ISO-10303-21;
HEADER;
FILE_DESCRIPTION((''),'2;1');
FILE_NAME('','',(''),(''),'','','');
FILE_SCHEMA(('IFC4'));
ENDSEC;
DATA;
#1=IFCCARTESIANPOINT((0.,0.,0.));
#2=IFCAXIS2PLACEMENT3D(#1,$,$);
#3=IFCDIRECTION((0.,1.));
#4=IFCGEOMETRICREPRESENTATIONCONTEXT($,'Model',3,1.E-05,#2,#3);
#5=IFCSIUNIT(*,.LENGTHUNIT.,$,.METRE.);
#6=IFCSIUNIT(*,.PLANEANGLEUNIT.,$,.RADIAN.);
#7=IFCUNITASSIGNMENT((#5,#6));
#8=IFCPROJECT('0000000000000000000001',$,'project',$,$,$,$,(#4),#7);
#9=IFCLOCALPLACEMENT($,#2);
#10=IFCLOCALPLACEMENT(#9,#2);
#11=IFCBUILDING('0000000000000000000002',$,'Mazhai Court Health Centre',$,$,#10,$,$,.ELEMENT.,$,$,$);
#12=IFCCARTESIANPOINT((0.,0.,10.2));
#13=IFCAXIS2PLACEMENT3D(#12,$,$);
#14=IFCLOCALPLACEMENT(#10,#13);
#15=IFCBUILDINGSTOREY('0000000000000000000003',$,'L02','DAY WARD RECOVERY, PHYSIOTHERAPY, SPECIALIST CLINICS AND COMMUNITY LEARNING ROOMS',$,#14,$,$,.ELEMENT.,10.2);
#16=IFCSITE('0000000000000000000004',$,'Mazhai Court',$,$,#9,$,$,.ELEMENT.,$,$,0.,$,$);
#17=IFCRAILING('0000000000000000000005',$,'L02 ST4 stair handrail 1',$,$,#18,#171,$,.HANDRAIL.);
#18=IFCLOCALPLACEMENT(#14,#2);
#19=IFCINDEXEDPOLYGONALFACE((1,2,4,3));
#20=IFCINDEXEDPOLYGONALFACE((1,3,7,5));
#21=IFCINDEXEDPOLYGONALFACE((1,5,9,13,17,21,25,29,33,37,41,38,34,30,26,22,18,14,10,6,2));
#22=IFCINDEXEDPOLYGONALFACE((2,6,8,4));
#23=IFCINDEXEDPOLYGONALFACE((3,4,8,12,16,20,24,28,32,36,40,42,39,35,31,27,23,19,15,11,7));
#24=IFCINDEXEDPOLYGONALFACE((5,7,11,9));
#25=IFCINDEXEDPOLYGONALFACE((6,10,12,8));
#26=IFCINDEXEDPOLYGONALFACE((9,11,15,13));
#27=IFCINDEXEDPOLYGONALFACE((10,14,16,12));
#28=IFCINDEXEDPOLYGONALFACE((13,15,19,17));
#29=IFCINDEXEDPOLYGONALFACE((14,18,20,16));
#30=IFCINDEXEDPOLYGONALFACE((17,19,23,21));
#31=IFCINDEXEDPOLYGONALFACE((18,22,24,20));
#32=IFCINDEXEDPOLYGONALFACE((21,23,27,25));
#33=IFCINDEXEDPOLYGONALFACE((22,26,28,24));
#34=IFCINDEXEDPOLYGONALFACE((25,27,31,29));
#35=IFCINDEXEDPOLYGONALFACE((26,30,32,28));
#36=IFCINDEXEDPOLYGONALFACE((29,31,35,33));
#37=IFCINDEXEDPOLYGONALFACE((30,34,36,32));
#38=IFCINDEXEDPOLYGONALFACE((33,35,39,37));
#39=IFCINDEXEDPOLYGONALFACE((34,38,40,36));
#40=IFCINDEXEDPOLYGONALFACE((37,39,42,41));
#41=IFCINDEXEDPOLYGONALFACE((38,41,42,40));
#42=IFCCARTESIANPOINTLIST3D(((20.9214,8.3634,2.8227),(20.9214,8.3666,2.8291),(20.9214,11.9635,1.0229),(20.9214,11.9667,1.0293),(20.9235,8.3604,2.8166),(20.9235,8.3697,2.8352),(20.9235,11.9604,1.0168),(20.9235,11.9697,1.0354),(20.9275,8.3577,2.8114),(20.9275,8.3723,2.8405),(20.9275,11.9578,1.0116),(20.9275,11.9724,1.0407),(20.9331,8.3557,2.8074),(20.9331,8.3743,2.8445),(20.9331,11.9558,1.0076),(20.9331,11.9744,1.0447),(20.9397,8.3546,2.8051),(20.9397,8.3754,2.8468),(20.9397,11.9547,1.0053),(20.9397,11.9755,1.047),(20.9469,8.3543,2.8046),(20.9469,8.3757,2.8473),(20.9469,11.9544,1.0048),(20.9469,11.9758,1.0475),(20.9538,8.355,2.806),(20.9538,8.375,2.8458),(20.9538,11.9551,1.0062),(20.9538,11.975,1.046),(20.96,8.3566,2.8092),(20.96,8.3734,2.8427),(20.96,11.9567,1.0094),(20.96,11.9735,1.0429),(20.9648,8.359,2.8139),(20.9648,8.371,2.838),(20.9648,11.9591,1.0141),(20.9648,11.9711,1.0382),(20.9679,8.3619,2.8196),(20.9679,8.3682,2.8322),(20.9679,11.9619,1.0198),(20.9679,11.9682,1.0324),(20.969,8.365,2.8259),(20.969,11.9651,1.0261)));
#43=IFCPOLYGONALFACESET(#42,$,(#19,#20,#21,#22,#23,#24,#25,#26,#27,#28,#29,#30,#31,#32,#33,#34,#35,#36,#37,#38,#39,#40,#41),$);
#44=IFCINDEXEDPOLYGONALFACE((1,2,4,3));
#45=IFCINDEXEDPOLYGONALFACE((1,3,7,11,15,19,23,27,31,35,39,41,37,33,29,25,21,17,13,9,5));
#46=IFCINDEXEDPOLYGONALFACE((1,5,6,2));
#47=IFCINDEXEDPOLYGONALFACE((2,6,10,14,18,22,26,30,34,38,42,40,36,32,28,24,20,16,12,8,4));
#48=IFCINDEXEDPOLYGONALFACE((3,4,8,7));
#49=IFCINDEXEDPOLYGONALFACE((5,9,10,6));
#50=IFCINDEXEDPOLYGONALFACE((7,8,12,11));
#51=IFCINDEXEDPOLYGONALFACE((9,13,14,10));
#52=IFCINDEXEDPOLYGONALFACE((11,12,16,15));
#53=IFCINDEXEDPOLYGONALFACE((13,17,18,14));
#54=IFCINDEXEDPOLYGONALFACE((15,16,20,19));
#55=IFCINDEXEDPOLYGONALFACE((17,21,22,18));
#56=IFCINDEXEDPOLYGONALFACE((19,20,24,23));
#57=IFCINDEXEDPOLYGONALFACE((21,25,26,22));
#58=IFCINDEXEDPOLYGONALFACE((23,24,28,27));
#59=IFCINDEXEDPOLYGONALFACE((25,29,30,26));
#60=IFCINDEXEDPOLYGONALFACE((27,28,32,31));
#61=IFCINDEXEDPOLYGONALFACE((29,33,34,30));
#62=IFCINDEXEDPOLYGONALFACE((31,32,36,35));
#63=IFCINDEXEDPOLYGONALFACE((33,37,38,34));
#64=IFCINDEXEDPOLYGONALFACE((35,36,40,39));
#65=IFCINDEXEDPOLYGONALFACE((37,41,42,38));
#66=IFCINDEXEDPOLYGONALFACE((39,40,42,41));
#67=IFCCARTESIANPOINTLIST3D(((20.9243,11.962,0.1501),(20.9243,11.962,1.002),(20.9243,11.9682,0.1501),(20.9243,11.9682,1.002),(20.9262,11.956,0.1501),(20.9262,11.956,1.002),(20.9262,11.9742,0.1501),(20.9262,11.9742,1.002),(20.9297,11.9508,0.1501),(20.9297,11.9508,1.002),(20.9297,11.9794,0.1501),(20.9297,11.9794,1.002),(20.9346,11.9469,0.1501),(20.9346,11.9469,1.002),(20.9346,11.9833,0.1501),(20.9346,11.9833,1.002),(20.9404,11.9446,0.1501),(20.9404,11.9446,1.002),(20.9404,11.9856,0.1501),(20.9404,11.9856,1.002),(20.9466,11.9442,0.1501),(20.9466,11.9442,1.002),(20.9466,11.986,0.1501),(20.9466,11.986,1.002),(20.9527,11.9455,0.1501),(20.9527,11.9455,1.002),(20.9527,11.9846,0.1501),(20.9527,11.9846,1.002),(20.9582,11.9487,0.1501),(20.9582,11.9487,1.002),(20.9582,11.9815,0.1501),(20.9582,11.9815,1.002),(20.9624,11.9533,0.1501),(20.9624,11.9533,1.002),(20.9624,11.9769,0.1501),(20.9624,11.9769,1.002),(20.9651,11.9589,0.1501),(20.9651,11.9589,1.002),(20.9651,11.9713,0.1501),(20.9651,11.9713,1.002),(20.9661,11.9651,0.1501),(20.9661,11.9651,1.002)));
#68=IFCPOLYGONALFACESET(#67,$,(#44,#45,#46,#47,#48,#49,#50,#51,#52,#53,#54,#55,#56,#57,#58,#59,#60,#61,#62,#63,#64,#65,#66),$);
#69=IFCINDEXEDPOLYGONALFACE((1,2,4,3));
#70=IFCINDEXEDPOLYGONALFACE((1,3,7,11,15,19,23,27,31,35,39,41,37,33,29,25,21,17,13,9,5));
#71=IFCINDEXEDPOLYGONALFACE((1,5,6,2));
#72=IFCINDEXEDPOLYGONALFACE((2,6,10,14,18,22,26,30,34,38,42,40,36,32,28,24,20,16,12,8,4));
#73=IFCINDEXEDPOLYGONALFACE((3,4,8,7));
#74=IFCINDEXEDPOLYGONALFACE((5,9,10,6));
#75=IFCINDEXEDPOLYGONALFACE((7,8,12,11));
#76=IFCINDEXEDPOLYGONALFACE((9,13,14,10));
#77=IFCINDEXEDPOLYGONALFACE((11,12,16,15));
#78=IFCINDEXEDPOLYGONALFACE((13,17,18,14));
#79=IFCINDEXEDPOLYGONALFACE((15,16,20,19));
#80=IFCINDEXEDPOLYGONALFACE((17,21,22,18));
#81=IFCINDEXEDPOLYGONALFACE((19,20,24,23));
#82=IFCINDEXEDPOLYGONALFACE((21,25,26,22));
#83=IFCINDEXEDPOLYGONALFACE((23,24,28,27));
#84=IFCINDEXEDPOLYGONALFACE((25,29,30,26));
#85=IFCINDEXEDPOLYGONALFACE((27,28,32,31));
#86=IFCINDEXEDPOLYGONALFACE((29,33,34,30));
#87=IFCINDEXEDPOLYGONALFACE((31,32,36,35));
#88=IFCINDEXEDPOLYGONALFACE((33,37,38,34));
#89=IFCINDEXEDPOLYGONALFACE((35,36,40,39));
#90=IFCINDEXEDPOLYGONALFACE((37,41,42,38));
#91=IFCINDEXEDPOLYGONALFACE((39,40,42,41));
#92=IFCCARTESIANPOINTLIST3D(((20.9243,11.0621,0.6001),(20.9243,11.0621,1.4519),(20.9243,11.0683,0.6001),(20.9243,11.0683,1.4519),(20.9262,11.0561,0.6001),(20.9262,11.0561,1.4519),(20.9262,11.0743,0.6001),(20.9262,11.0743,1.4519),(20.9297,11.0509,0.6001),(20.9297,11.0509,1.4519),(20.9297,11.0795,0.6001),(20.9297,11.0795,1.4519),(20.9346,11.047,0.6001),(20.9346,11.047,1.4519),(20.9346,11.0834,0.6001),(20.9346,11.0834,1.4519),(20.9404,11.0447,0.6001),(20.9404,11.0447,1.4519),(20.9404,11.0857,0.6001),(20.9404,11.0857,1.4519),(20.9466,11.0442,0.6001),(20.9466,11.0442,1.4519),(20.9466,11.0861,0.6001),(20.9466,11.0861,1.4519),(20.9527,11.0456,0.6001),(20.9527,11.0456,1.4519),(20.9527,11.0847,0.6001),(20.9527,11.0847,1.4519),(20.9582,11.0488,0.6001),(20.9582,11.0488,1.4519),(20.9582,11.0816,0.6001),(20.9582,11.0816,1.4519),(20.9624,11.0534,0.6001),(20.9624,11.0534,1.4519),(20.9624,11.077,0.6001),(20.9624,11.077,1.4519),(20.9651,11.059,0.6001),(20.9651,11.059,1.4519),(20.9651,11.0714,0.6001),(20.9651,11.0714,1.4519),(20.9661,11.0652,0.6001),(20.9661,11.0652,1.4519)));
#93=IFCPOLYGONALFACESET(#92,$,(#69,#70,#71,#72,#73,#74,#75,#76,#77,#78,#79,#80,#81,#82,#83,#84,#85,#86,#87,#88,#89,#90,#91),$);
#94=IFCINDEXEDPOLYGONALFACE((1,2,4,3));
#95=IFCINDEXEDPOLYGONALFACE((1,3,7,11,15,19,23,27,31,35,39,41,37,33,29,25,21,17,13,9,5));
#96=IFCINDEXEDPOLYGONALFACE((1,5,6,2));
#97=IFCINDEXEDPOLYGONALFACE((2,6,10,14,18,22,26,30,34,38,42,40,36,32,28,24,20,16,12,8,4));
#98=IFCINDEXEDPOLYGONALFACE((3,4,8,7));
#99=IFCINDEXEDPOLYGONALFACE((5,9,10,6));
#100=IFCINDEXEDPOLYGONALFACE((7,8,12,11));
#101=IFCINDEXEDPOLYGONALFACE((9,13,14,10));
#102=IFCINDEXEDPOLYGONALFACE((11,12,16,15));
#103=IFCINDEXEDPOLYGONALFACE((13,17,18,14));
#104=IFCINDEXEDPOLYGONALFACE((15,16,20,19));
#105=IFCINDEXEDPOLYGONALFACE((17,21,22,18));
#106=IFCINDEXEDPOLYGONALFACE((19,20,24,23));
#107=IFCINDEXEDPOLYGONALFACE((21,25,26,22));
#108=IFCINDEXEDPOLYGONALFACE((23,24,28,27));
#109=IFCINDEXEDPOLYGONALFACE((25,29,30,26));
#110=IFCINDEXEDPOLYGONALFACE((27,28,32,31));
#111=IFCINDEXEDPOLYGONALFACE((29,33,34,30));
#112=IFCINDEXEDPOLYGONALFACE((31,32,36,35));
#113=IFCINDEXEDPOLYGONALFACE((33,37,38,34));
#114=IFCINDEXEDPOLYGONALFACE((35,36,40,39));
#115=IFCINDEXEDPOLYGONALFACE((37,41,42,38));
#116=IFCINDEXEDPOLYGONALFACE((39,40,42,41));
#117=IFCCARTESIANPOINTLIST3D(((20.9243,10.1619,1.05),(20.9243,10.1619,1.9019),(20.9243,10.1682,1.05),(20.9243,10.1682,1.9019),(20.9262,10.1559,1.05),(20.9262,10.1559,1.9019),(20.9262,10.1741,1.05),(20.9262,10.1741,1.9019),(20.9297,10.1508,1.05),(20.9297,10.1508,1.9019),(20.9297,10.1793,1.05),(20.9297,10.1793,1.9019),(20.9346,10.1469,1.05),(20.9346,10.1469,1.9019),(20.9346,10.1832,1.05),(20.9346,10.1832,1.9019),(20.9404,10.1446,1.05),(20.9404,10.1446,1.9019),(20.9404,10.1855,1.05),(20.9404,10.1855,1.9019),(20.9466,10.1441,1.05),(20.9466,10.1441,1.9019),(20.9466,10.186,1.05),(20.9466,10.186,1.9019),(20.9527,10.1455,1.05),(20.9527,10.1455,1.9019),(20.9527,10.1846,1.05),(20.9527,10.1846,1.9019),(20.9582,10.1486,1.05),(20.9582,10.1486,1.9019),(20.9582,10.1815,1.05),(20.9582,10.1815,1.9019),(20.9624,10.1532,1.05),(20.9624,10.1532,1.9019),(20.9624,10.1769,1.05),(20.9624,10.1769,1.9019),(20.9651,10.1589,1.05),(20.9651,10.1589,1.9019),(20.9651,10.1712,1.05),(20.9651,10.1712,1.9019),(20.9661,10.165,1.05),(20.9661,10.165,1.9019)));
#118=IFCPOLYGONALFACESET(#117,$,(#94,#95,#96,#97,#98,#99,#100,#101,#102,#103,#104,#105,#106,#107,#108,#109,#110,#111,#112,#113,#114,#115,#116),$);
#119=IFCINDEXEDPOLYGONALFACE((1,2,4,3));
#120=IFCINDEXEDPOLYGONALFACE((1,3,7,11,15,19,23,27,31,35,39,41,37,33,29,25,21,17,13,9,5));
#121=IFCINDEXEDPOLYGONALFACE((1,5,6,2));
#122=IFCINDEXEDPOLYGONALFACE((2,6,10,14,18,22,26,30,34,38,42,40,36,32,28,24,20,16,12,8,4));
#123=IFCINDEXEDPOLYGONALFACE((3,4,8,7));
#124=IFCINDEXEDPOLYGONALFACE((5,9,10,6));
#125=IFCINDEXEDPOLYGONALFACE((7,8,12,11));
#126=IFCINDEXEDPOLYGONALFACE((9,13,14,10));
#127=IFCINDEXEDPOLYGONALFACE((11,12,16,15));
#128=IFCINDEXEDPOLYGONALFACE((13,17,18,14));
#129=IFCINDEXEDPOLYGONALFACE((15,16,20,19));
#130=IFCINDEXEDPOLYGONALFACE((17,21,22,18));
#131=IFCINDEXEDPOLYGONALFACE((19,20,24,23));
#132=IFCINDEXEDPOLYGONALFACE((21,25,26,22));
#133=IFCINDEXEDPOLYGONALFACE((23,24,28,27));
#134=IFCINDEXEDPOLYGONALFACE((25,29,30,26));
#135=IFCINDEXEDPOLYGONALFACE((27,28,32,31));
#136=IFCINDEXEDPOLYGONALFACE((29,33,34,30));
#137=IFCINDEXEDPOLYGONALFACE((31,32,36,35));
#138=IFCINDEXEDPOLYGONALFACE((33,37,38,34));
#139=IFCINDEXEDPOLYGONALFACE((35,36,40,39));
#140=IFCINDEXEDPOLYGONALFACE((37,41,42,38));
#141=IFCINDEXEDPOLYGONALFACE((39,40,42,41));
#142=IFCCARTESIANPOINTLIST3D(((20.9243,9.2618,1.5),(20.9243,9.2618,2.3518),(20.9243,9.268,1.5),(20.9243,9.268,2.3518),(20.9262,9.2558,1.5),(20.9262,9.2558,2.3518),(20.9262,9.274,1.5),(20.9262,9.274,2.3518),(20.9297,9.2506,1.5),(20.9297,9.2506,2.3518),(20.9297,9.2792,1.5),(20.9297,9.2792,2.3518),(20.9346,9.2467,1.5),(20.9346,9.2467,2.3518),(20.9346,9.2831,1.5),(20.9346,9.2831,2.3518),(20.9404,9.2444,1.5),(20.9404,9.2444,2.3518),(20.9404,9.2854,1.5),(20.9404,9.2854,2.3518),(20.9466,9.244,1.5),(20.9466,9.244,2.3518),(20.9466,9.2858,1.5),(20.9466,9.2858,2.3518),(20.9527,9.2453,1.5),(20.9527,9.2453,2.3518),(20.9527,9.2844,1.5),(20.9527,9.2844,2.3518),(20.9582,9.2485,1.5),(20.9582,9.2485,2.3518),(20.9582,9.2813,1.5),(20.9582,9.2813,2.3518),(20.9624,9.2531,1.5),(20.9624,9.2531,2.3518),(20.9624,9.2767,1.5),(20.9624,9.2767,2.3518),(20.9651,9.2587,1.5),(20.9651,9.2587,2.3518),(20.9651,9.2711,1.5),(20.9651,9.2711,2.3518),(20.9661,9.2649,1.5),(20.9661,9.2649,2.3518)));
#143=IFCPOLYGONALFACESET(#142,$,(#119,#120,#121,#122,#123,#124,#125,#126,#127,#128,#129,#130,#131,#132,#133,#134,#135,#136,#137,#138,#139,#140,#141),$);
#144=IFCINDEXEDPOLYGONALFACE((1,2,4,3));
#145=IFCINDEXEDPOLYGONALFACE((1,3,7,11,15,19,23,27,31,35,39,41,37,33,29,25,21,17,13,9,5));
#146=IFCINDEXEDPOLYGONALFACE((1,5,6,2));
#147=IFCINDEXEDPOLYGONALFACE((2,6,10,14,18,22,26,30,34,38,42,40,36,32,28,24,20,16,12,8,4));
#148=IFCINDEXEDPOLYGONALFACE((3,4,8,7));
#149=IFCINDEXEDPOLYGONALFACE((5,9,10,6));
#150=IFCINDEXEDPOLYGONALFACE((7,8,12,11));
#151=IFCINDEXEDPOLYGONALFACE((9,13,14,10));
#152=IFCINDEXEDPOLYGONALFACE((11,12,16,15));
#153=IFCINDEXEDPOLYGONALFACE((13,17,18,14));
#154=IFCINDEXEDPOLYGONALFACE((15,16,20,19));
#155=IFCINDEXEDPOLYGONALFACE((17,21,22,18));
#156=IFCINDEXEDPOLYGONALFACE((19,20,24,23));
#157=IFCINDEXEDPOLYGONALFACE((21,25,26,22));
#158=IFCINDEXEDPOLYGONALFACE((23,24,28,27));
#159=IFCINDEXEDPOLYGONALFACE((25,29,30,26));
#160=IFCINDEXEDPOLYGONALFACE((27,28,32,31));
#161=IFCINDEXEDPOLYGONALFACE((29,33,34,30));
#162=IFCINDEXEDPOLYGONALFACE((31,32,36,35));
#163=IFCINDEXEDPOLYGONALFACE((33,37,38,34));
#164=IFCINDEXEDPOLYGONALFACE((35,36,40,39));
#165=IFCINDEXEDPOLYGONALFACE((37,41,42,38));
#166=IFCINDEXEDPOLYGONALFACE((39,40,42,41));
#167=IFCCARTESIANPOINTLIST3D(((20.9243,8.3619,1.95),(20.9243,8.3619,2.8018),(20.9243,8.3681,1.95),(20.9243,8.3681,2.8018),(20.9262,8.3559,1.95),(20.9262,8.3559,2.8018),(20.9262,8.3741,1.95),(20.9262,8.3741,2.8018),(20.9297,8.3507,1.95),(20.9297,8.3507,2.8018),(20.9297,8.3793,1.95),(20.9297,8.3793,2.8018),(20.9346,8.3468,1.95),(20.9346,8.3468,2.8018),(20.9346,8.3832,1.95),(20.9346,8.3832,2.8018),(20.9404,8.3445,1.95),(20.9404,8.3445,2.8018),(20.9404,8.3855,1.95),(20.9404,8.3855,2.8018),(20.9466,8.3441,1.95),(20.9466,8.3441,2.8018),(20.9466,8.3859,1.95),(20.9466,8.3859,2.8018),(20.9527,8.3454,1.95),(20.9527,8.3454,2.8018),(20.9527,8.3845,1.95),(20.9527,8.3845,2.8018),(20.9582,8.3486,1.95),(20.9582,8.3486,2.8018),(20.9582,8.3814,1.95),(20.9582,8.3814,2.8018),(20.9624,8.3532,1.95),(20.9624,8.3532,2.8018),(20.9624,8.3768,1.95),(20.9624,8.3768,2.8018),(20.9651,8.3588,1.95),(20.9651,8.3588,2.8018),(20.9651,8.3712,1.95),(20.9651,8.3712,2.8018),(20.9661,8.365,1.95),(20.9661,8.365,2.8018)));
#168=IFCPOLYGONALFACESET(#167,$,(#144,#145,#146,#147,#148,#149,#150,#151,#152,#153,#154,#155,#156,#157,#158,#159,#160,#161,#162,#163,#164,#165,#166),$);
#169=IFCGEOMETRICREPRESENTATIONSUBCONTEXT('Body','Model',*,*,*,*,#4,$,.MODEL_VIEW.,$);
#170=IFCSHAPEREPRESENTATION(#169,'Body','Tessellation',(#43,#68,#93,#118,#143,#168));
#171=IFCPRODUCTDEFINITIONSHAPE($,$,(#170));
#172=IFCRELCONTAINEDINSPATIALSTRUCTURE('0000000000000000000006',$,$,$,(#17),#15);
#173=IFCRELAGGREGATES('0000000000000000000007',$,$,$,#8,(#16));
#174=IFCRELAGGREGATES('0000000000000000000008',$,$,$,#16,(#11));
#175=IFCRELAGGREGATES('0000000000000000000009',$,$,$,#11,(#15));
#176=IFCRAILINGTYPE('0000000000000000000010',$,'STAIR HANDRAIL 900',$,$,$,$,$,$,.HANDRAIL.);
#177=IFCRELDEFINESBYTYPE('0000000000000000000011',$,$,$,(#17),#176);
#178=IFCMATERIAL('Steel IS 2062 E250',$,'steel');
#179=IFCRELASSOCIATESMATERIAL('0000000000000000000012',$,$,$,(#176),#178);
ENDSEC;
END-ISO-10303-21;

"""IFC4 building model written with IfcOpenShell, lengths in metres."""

from ifc_helpers import new_model, si_unit, direction, frame, origin, origin_2d, place, context, subcontext, project, spatial, circle, extrude, material, type_object, element, save


model = new_model("IFC4")

# Units and contexts
model_context = context("Model", 3, precision=1e-05, world=origin(), true_north=direction((0.0, 1.0)))
body_context = subcontext(model_context, "Body", "Model", "MODEL_VIEW")
ifc_project = project(units=[si_unit("LENGTHUNIT", "METRE"), si_unit("PLANEANGLEUNIT", "RADIAN")], contexts=[model_context])

# Site, building, storey
site_placement = place(None, origin())
site = spatial("IfcSite", under=ifc_project, at=site_placement, Name="Mazhai Court", CompositionType="ELEMENT", RefElevation=0.0)
building_placement = place(site_placement, origin())
building = spatial("IfcBuilding", under=site, at=building_placement, Name="Mazhai Court Health Centre", CompositionType="ELEMENT")
storey_placement = place(building_placement, frame((0.0, 0.0, 10.2)))
storey = spatial("IfcBuildingStorey", under=building, at=storey_placement, Name="L02", Description="DAY WARD RECOVERY, PHYSIOTHERAPY, SPECIALIST CLINICS AND COMMUNITY LEARNING ROOMS", CompositionType="ELEMENT", Elevation=10.2)

# Railing
ifc_material_1 = material(Name="Steel IS 2062 E250", Category="steel")
railing_type_1 = type_object("IfcRailingType", Name="STAIR HANDRAIL 900", PredefinedType="HANDRAIL", material=ifc_material_1)
railing_1_placement = place(storey_placement, frame((20.9451, 11.9651, 0.1501)))
element("IfcRailing", 1, at=railing_1_placement, inside=storey, type_object=railing_type_1, Name="L02 ST4 stair handrail 1", PredefinedType="HANDRAIL", context=body_context, shape_type="SweptSolid", body=[
    extrude(circle(Radius=0.0239, at=origin_2d()), frame((0.0, 0.0, 0.876), z_axis=(0.0, -0.894451, 0.447165), x_axis=(1.0, 0.0, 0.0)), (0.0, 0.0, 1.0), 4.0249),
    extrude(circle(Radius=0.021, at=origin_2d()), origin(), (0.0, 0.0, 1.0), 0.8518),
    extrude(circle(Radius=0.021, at=origin_2d()), frame((0.0, -0.8999, 0.45)), (0.0, 0.0, 1.0), 0.8518),
    extrude(circle(Radius=0.021, at=origin_2d()), frame((0.0, -1.8, 0.8999)), (0.0, 0.0, 1.0), 0.8518),
    extrude(circle(Radius=0.021, at=origin_2d()), frame((0.0, -2.7002, 1.3499)), (0.0, 0.0, 1.0), 0.8518),
    extrude(circle(Radius=0.021, at=origin_2d()), frame((0.0, -3.6001, 1.7998)), (0.0, 0.0, 1.0), 0.8518),
])

save(model, "model.ifc")
